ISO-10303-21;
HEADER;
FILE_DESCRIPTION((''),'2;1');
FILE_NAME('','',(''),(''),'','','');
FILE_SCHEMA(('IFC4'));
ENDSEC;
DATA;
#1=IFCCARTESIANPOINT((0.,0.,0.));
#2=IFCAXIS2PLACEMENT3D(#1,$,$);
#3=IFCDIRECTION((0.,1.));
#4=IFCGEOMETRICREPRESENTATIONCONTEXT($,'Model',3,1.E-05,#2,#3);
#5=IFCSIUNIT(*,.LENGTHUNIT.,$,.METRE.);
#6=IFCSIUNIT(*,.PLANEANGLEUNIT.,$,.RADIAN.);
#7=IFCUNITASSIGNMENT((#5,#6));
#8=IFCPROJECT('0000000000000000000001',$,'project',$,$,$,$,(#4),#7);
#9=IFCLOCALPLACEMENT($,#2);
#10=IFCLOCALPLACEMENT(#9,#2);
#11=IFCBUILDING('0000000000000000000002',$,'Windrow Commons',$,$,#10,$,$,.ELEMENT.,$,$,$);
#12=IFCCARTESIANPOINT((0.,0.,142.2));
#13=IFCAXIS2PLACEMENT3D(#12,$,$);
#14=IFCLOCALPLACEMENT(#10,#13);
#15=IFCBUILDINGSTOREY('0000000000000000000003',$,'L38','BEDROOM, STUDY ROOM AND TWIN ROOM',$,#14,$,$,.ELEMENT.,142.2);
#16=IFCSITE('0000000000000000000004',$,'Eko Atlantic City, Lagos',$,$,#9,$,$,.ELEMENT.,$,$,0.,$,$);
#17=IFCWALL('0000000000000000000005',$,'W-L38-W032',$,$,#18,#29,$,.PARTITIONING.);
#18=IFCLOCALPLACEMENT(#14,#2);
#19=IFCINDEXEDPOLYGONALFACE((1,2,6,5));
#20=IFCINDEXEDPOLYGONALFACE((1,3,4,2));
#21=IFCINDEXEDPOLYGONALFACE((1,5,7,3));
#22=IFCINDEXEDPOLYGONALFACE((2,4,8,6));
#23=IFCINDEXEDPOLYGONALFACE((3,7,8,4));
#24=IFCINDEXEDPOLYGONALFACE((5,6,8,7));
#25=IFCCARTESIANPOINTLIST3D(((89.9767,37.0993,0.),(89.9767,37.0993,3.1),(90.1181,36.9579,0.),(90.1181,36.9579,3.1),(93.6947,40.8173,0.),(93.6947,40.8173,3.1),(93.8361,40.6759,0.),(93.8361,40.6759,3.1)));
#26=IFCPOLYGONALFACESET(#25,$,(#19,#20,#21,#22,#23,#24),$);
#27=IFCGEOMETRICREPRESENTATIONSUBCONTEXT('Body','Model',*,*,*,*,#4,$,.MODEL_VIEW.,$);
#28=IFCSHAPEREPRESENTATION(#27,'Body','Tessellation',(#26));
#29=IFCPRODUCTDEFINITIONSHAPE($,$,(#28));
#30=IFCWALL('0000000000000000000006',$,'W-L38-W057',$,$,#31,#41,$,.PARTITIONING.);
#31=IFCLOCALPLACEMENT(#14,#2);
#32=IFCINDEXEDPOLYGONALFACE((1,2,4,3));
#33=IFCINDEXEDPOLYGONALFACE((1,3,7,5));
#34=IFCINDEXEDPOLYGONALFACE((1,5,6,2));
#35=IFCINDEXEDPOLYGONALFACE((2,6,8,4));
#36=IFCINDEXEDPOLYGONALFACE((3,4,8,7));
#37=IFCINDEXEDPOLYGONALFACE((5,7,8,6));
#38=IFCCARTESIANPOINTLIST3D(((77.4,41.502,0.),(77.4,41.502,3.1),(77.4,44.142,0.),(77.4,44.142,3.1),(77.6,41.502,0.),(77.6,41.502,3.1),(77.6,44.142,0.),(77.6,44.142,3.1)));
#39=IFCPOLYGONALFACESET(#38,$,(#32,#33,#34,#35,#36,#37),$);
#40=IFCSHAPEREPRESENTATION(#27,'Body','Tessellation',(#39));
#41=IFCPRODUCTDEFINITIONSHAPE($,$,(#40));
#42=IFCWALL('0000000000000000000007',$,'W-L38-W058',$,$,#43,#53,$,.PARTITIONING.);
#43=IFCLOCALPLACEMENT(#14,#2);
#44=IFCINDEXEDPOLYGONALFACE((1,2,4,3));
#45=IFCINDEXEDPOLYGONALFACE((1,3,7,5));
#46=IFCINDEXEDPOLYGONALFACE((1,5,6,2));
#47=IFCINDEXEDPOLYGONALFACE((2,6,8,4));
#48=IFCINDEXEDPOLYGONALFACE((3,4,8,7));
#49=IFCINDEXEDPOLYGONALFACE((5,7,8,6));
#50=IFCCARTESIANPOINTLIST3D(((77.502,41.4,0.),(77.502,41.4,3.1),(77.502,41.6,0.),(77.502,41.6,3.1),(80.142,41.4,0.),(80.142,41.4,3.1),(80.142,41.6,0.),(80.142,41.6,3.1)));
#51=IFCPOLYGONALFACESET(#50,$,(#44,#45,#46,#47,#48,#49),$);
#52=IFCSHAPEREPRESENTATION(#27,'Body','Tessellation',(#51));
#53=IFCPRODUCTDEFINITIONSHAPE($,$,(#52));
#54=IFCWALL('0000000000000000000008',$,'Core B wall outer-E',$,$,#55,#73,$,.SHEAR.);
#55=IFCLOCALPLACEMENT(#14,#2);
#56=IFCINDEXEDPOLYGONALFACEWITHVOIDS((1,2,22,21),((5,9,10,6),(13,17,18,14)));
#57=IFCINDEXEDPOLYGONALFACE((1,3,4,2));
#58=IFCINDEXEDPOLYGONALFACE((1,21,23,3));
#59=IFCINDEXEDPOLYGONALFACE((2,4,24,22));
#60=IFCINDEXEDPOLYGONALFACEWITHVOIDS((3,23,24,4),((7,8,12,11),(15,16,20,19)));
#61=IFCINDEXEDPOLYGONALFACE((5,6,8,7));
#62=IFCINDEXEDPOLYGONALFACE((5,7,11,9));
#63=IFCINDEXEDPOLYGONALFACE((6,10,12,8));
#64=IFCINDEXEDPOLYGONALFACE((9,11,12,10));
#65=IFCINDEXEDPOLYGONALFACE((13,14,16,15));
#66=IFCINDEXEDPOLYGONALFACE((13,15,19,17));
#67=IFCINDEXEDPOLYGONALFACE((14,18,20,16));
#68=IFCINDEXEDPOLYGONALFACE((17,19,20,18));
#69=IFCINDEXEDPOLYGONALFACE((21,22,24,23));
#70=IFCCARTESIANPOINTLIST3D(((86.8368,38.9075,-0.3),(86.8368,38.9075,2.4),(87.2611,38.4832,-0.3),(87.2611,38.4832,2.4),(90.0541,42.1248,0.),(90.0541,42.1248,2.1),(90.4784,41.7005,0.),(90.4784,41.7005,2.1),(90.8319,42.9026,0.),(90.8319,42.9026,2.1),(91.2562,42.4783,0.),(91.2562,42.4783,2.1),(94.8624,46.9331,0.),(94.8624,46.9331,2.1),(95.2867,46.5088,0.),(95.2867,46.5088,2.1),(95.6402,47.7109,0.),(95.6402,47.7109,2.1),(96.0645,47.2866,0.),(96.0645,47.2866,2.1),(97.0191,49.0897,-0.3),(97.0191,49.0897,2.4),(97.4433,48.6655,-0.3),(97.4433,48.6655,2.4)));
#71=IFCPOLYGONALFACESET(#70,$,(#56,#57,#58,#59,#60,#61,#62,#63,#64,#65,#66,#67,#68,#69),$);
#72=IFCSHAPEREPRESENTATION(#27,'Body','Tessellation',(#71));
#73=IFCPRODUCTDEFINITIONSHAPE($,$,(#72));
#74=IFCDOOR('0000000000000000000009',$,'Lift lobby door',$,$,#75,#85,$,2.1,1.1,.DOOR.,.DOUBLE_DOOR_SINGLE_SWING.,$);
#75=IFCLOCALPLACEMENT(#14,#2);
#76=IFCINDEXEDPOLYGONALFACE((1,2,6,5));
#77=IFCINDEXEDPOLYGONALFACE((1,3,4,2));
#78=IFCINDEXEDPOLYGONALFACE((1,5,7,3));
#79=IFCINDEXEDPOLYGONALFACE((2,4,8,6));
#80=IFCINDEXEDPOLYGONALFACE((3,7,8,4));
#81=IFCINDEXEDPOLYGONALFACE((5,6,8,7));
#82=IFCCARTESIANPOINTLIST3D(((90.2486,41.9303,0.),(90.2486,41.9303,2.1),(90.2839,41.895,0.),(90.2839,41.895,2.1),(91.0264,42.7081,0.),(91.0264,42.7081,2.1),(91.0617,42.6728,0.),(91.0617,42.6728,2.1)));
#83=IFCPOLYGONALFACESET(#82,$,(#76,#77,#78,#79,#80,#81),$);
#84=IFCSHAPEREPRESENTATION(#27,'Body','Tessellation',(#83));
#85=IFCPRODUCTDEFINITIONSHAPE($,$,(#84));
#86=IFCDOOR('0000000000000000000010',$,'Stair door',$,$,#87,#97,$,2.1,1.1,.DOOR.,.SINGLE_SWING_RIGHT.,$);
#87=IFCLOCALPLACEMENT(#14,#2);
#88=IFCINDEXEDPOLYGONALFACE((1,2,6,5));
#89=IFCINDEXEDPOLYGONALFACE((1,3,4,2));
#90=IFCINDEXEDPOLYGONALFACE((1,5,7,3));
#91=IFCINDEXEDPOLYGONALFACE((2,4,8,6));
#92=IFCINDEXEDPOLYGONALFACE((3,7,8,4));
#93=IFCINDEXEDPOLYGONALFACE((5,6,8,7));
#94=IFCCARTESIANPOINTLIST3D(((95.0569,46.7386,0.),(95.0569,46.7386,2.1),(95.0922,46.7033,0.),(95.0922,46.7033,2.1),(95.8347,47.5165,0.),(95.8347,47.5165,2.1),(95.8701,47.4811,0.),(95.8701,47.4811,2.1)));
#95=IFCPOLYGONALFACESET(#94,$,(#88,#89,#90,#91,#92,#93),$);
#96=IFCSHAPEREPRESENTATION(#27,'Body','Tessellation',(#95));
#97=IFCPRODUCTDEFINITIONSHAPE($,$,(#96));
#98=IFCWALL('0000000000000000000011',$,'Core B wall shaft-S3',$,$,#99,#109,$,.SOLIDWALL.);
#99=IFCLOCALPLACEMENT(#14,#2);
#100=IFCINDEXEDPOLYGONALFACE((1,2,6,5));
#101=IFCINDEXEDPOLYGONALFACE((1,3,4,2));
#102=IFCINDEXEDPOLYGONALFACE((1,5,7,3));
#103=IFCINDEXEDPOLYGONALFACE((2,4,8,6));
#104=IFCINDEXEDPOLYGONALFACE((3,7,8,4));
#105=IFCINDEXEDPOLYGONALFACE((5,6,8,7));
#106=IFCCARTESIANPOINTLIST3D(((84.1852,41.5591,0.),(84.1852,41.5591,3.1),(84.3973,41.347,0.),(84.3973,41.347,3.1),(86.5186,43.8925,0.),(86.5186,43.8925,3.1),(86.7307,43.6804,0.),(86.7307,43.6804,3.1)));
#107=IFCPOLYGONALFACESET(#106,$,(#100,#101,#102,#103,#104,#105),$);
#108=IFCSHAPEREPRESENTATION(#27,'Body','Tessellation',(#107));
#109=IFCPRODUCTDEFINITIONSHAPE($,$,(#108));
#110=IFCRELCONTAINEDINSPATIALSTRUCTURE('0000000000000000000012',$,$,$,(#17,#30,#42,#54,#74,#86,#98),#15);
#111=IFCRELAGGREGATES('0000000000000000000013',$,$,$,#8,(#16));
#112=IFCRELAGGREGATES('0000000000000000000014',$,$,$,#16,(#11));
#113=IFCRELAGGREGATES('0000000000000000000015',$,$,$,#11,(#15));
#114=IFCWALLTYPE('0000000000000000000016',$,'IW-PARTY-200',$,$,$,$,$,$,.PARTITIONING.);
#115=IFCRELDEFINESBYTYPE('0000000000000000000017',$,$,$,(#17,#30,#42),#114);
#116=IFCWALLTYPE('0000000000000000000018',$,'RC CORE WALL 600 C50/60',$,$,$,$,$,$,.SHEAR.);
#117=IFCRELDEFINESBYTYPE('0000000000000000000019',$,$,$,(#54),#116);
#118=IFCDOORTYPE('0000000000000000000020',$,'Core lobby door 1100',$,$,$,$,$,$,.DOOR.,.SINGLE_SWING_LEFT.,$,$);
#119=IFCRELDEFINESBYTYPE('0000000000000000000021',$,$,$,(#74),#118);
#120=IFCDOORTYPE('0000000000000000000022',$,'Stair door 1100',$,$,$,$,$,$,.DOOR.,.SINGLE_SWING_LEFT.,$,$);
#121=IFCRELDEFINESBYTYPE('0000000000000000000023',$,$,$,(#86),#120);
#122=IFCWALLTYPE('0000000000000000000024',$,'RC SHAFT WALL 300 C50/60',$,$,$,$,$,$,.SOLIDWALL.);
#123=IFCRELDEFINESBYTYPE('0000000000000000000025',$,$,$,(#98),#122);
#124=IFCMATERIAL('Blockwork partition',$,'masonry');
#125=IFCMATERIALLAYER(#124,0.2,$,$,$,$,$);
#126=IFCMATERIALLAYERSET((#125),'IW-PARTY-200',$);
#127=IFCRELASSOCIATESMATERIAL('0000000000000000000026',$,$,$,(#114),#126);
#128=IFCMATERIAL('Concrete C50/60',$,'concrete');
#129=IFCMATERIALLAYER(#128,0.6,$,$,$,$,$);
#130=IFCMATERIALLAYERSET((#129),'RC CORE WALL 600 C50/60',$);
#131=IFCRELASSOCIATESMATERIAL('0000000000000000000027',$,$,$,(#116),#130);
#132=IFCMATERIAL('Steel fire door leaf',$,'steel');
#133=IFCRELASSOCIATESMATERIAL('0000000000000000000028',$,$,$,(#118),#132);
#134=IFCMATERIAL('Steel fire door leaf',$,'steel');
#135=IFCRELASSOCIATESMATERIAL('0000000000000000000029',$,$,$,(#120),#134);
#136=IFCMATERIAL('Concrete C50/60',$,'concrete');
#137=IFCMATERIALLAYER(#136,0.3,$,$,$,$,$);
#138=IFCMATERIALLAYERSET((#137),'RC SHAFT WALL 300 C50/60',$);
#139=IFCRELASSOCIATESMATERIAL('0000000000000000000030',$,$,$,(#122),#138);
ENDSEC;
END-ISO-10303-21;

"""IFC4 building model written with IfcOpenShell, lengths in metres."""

from ifc_helpers import new_model, si_unit, direction, frame, frame_2d, origin, place, context, subcontext, project, spatial, rectangle, extrude, material, layer, layer_set, type_object, element, fill, save


model = new_model("IFC4")

# Units and contexts
model_context = context("Model", 3, precision=1e-05, world=origin(), true_north=direction((0.0, 1.0)))
body_context = subcontext(model_context, "Body", "Model", "MODEL_VIEW")
ifc_project = project(units=[si_unit("LENGTHUNIT", "METRE"), si_unit("PLANEANGLEUNIT", "RADIAN")], contexts=[model_context])

# Site, building, storey
site_placement = place(None, origin())
site = spatial("IfcSite", under=ifc_project, at=site_placement, Name="Eko Atlantic City, Lagos", CompositionType="ELEMENT", RefElevation=0.0)
building_placement = place(site_placement, origin())
building = spatial("IfcBuilding", under=site, at=building_placement, Name="Windrow Commons", CompositionType="ELEMENT")
storey_placement = place(building_placement, frame((0.0, 0.0, 142.2)))
storey = spatial("IfcBuildingStorey", under=building, at=storey_placement, Name="L38", Description="BEDROOM, STUDY ROOM AND TWIN ROOM", CompositionType="ELEMENT", Elevation=142.2)

# Walls
ifc_material_1 = material(Name="Blockwork partition", Category="masonry")
ifc_layer_1 = layer(ifc_material_1, 0.2)
ifc_layer_set_1 = layer_set([ifc_layer_1], Name="IW-PARTY-200")
wall_type_1 = type_object("IfcWallType", Name="IW-PARTY-200", PredefinedType="PARTITIONING", material=ifc_layer_set_1)
wall_1_placement = place(storey_placement, frame((90.0474, 37.0286, 0.0), z_axis=(0.0, 0.0, 1.0), x_axis=(0.707107, 0.707107, 0.0)))
element("IfcWall", 1, at=wall_1_placement, inside=storey, type_object=wall_type_1, Name="W-L38-W032", PredefinedType="PARTITIONING", context=body_context, shape_type="SweptSolid", body=[
    extrude(rectangle(XDim=5.258, YDim=0.2, at=frame_2d((2.629, 0.0))), origin(), (0.0, 0.0, 1.0), 3.1),
])
for number, where, z_axis, x_axis, name in (
    (2, (77.5, 41.502, 0.0), (0.0, 0.0, 1.0), (0.0, 1.0, 0.0), "W-L38-W057"),
    (3, (77.502, 41.5, 0.0), (0.0, 0.0, 1.0), (1.0, 0.0, 0.0), "W-L38-W058"),
):
    element("IfcWall", number, at=place(storey_placement, frame(where, z_axis=z_axis, x_axis=x_axis)), inside=storey, type_object=wall_type_1, Name=name, PredefinedType="PARTITIONING", context=body_context, shape_type="SweptSolid", body=[
        extrude(rectangle(XDim=2.64, YDim=0.2, at=frame_2d((1.32, 0.0))), origin(), (0.0, 0.0, 1.0), 3.1),
    ])

# Wall, openings, doors
ifc_material_2 = material(Name="Concrete C50/60", Category="concrete")
ifc_layer_2 = layer(ifc_material_2, 0.6)
ifc_layer_set_2 = layer_set([ifc_layer_2], Name="RC CORE WALL 600 C50/60")
wall_type_2 = type_object("IfcWallType", Name="RC CORE WALL 600 C50/60", PredefinedType="SHEAR", material=ifc_layer_set_2)
wall_2_placement = place(storey_placement, frame((87.0489, 38.6953, -0.3), z_axis=(0.0, 0.0, 1.0), x_axis=(0.707107, 0.707107, 0.0)))
wall_2 = element("IfcWall", 4, at=wall_2_placement, inside=storey, type_object=wall_type_2, Name="Core B wall outer-E", PredefinedType="SHEAR", context=body_context, shape_type="SweptSolid", body=[
    extrude(rectangle(XDim=14.3999, YDim=0.6, at=frame_2d((7.2, 0.0))), origin(), (0.0, 0.0, 1.0), 2.7),
])
opening_1_placement = place(wall_2_placement, frame((4.55, 0.0, 0.3)))
opening_1 = element("IfcOpeningElement", 5, at=opening_1_placement, cuts=wall_2, PredefinedType="OPENING", context=body_context, shape_type="SweptSolid", body=[
    extrude(rectangle(XDim=1.1, YDim=2.1, at=frame_2d((0.55, 1.05))), frame((0.0, 0.31, 0.0), z_axis=(0.0, -1.0, 0.0), x_axis=(1.0, 0.0, 0.0)), (0.0, 0.0, 1.0), 0.62),
])
opening_2_placement = place(wall_2_placement, frame((11.35, 0.0, 0.3)))
opening_2 = element("IfcOpeningElement", 6, at=opening_2_placement, cuts=wall_2, PredefinedType="OPENING", context=body_context, shape_type="SweptSolid", body=[
    extrude(rectangle(XDim=1.1, YDim=2.1, at=frame_2d((0.55, 1.05))), frame((0.0, 0.31, 0.0), z_axis=(0.0, -1.0, 0.0), x_axis=(1.0, 0.0, 0.0)), (0.0, 0.0, 1.0), 0.62),
])
ifc_material_3 = material(Name="Steel fire door leaf", Category="steel")
door_type_1 = type_object("IfcDoorType", Name="Core lobby door 1100", OperationType="SINGLE_SWING_LEFT", PredefinedType="DOOR", material=ifc_material_3)
door_1_placement = place(opening_1_placement, origin())
door_1 = element("IfcDoor", 7, at=door_1_placement, inside=storey, type_object=door_type_1, Name="Lift lobby door", OperationType="DOUBLE_DOOR_SINGLE_SWING", OverallHeight=2.1, OverallWidth=1.1, PredefinedType="DOOR", context=body_context, shape_type="SweptSolid", body=[
    extrude(rectangle(XDim=1.1, YDim=2.1, at=frame_2d((0.55, 1.05))), frame((0.0, 0.025, 0.0), z_axis=(0.0, -1.0, 0.0), x_axis=(1.0, 0.0, 0.0)), (0.0, 0.0, 1.0), 0.05),
])
fill(opening_1, door_1)
ifc_material_4 = material(Name="Steel fire door leaf", Category="steel")
door_type_2 = type_object("IfcDoorType", Name="Stair door 1100", OperationType="SINGLE_SWING_LEFT", PredefinedType="DOOR", material=ifc_material_4)
door_2_placement = place(opening_2_placement, origin())
door_2 = element("IfcDoor", 8, at=door_2_placement, inside=storey, type_object=door_type_2, Name="Stair door", OperationType="SINGLE_SWING_RIGHT", OverallHeight=2.1, OverallWidth=1.1, PredefinedType="DOOR", context=body_context, shape_type="SweptSolid", body=[
    extrude(rectangle(XDim=1.1, YDim=2.1, at=frame_2d((0.55, 1.05))), frame((0.0, 0.025, 0.0), z_axis=(0.0, -1.0, 0.0), x_axis=(1.0, 0.0, 0.0)), (0.0, 0.0, 1.0), 0.05),
])
fill(opening_2, door_2)

# Wall
ifc_material_5 = material(Name="Concrete C50/60", Category="concrete")
ifc_layer_3 = layer(ifc_material_5, 0.3)
ifc_layer_set_3 = layer_set([ifc_layer_3], Name="RC SHAFT WALL 300 C50/60")
wall_type_3 = type_object("IfcWallType", Name="RC SHAFT WALL 300 C50/60", PredefinedType="SOLIDWALL", material=ifc_layer_set_3)
wall_3_placement = place(storey_placement, frame((84.2912, 41.453, 0.0), z_axis=(0.0, 0.0, 1.0), x_axis=(0.707107, 0.707107, 0.0)))
element("IfcWall", 9, at=wall_3_placement, inside=storey, type_object=wall_type_3, Name="Core B wall shaft-S3", PredefinedType="SOLIDWALL", context=body_context, shape_type="SweptSolid", body=[
    extrude(rectangle(XDim=3.2999, YDim=0.3, at=frame_2d((1.65, 0.0))), origin(), (0.0, 0.0, 1.0), 3.1),
])

save(model, "model.ifc")
